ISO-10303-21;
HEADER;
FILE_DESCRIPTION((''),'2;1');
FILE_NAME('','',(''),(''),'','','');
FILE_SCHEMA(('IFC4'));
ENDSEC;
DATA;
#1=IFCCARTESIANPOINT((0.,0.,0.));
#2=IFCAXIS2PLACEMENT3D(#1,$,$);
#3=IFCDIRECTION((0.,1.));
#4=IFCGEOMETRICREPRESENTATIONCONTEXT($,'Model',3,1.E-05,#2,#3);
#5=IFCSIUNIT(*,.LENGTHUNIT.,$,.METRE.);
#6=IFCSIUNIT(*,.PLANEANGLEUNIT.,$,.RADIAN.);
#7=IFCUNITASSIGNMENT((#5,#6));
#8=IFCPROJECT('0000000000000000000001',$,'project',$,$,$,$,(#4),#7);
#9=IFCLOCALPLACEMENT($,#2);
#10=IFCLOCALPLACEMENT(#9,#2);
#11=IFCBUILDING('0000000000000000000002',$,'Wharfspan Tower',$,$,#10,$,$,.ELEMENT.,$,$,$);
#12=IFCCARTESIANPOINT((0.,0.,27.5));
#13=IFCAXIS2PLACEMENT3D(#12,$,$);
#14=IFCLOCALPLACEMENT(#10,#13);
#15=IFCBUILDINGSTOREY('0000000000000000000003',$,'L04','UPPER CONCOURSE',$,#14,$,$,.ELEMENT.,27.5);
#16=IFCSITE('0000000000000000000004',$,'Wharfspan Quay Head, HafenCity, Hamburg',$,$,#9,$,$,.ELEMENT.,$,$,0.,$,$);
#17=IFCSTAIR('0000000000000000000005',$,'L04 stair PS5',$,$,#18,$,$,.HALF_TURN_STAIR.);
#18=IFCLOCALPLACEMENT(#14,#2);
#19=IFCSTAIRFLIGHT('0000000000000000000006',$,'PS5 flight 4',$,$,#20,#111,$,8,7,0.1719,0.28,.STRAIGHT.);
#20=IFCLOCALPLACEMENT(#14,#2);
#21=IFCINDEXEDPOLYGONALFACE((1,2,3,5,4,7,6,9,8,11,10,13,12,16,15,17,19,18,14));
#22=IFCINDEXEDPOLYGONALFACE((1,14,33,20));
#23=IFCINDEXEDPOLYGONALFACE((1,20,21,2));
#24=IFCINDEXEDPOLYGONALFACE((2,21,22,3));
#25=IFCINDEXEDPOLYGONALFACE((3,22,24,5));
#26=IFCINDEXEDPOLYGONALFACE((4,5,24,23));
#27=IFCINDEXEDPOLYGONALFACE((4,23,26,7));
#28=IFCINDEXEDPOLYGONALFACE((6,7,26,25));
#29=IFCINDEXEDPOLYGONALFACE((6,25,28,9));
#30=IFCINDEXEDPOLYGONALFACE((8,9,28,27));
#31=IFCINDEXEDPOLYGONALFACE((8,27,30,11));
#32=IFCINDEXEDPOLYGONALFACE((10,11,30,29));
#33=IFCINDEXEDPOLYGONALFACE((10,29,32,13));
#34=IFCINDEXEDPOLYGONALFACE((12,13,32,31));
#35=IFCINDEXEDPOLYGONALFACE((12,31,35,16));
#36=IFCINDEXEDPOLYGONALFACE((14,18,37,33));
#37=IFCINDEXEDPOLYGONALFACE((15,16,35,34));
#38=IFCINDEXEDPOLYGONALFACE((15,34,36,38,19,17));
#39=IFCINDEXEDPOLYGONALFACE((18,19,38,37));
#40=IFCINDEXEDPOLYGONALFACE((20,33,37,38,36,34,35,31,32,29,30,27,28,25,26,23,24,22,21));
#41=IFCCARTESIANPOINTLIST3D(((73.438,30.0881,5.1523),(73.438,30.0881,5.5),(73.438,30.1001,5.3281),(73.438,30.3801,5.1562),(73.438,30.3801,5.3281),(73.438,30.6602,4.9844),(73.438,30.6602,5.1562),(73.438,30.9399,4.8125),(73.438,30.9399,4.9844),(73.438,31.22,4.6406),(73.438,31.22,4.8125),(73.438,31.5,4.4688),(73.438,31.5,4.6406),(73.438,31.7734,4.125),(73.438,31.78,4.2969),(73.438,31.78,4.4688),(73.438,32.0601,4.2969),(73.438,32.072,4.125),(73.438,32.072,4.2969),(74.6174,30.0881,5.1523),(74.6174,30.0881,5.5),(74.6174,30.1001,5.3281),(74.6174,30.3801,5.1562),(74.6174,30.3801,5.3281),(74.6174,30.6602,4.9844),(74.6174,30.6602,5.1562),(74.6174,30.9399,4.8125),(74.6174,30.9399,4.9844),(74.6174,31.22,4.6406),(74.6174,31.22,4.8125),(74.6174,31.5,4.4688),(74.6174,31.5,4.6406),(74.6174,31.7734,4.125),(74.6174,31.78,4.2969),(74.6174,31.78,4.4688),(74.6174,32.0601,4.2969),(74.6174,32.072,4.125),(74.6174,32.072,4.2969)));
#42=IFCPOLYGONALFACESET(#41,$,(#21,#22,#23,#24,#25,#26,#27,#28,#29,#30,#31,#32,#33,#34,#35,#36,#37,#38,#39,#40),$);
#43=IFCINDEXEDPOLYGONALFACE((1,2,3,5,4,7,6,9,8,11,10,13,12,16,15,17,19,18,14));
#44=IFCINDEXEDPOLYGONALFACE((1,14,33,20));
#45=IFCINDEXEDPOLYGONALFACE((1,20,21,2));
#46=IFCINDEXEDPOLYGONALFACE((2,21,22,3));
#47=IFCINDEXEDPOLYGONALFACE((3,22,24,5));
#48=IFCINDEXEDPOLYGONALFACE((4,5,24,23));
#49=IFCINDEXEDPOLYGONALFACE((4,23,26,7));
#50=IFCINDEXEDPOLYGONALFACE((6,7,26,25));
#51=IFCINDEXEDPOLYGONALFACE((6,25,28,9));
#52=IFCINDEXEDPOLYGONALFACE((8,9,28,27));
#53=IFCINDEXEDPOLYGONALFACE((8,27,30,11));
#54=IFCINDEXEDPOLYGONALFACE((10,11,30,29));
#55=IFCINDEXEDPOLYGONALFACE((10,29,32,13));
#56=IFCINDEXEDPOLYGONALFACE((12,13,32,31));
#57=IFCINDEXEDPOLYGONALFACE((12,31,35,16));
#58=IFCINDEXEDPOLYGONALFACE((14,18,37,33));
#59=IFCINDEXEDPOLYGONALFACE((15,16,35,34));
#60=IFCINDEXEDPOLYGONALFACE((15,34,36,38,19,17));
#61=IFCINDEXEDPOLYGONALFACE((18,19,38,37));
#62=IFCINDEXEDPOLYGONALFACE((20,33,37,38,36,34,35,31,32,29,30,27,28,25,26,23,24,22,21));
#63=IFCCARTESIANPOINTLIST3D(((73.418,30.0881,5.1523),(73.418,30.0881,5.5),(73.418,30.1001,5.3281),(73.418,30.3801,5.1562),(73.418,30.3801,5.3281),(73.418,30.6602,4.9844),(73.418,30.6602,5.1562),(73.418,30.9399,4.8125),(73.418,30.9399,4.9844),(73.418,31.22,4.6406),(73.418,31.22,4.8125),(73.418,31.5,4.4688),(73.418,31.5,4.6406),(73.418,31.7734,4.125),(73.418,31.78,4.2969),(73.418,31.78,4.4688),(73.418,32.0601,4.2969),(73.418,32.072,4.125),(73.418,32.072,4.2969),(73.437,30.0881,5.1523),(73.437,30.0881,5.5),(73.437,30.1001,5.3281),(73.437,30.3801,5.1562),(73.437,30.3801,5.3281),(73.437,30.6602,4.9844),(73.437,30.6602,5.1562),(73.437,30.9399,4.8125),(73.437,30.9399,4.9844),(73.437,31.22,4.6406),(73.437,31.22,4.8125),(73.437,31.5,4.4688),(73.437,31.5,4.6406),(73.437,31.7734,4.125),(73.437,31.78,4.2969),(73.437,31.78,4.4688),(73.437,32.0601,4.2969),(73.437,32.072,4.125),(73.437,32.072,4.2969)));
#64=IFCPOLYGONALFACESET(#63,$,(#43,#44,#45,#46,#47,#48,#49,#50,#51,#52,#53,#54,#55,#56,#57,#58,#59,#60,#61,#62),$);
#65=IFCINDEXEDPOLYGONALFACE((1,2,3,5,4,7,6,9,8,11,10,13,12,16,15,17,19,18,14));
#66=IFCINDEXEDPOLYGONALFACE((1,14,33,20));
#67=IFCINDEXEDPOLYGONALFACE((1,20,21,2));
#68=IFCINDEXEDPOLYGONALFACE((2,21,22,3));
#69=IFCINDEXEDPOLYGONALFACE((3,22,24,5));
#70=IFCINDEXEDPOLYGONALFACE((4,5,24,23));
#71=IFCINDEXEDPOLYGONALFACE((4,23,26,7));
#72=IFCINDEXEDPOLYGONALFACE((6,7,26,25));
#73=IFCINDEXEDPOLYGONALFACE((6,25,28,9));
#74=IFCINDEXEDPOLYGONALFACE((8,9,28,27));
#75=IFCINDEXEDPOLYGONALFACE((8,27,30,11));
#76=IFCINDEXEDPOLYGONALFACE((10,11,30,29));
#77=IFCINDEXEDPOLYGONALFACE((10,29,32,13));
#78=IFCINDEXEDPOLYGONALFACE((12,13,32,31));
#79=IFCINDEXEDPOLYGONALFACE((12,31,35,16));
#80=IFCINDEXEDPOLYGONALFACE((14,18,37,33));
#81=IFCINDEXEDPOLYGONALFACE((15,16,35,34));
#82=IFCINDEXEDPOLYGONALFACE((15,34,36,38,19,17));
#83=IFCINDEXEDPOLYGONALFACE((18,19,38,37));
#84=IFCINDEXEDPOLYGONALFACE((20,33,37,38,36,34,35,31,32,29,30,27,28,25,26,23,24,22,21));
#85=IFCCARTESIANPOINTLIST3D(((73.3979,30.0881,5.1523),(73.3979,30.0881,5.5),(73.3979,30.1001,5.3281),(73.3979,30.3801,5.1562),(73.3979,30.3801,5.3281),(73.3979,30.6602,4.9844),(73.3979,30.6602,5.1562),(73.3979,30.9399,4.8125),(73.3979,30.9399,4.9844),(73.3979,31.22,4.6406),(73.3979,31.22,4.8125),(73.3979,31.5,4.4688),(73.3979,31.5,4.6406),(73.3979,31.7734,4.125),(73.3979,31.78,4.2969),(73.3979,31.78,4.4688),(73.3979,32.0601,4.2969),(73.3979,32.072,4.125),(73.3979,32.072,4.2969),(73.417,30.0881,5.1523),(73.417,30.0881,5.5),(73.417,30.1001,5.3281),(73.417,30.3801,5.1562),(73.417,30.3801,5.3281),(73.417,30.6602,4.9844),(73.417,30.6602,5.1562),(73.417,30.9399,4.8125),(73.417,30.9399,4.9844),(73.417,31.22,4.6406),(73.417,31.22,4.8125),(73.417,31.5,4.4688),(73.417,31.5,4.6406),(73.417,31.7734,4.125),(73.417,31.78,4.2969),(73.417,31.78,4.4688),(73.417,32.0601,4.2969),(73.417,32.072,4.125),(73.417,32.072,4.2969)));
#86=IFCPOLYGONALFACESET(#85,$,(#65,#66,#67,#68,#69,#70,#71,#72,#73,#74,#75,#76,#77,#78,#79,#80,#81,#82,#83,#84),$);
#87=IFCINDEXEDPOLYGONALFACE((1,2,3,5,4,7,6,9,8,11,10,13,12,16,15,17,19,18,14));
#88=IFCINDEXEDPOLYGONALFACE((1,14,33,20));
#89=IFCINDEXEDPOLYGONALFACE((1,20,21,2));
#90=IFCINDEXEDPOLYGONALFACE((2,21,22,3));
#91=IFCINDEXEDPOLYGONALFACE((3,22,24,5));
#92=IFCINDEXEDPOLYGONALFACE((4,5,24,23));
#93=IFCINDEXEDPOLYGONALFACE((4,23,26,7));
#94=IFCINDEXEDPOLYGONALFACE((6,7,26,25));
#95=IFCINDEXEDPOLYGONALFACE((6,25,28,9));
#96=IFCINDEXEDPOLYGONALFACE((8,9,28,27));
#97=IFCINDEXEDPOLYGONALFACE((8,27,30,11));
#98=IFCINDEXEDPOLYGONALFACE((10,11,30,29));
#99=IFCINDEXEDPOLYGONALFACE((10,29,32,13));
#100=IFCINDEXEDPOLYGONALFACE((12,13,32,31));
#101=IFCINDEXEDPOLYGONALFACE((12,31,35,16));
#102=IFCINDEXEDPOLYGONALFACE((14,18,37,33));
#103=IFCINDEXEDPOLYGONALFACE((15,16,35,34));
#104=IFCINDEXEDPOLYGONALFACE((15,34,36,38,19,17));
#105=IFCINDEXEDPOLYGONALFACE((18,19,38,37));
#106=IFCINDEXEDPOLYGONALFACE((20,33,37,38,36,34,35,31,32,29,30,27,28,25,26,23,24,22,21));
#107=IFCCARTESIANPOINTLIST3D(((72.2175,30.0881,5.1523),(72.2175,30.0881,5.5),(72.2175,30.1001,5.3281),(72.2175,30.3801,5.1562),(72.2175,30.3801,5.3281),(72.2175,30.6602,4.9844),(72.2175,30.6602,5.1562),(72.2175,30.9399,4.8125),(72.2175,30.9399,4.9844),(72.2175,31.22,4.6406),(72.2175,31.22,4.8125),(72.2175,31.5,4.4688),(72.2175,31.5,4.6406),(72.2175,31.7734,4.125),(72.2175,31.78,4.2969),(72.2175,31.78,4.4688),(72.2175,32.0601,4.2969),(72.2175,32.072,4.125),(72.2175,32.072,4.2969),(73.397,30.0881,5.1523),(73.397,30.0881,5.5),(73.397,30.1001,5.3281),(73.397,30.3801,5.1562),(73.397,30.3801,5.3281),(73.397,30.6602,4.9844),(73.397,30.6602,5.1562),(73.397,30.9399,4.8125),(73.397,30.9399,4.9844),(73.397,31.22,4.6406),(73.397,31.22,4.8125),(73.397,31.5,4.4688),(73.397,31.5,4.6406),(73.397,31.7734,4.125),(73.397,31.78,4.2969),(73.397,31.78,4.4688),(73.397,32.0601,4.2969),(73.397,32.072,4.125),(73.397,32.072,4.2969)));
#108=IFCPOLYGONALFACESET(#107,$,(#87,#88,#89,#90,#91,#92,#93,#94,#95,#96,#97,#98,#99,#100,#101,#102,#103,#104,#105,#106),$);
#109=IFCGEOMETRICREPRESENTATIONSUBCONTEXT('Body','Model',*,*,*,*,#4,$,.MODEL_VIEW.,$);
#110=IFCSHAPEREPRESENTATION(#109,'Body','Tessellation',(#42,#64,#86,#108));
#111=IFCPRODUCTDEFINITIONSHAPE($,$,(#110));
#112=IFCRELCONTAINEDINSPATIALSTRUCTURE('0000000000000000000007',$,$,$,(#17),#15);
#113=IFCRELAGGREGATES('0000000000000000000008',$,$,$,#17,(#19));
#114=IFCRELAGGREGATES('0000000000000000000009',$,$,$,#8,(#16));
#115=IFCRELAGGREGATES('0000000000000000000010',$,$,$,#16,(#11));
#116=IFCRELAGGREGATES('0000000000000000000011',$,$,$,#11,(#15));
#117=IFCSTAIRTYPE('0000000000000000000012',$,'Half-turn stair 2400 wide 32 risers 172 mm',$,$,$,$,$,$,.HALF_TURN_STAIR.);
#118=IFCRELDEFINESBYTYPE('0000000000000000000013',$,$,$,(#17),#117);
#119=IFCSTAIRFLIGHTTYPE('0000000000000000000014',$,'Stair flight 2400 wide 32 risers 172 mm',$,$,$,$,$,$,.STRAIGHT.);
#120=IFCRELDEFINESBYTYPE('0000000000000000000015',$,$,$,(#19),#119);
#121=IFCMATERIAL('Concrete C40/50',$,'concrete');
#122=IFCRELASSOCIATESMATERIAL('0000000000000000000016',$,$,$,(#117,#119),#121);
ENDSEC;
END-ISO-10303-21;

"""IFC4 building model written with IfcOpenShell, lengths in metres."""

from ifc_helpers import new_model, si_unit, direction, frame, origin, place, context, subcontext, project, spatial, polyline, outline, extrude, material, type_object, element, aggregate, save


model = new_model("IFC4")

# Units and contexts
model_context = context("Model", 3, precision=1e-05, world=origin(), true_north=direction((0.0, 1.0)))
body_context = subcontext(model_context, "Body", "Model", "MODEL_VIEW")
ifc_project = project(units=[si_unit("LENGTHUNIT", "METRE"), si_unit("PLANEANGLEUNIT", "RADIAN")], contexts=[model_context])

# Site, building, storey
site_placement = place(None, origin())
site = spatial("IfcSite", under=ifc_project, at=site_placement, Name="Wharfspan Quay Head, HafenCity, Hamburg", CompositionType="ELEMENT", RefElevation=0.0)
building_placement = place(site_placement, origin())
building = spatial("IfcBuilding", under=site, at=building_placement, Name="Wharfspan Tower", CompositionType="ELEMENT")
storey_placement = place(building_placement, frame((0.0, 0.0, 27.5)))
storey = spatial("IfcBuildingStorey", under=building, at=storey_placement, Name="L04", Description="UPPER CONCOURSE", CompositionType="ELEMENT", Elevation=27.5)

# Shared definitions
ifc_material_1 = material(Name="Concrete C40/50", Category="concrete")

# Stair, stair flight
stair_type = type_object("IfcStairType", Name="Half-turn stair 2400 wide 32 risers 172 mm", PredefinedType="HALF_TURN_STAIR", material=ifc_material_1)
stair_placement = place(storey_placement, origin())
stair = element("IfcStair", 1, at=stair_placement, inside=storey, type_object=stair_type, Name="L04 stair PS5", PredefinedType="HALF_TURN_STAIR")
stair_flight_type = type_object("IfcStairFlightType", Name="Stair flight 2400 wide 32 risers 172 mm", PredefinedType="STRAIGHT", material=ifc_material_1)
stair_flight_1_placement = place(storey_placement, frame((73.4175, 32.0601, 4.125), z_axis=(0.0, 0.0, 1.0), x_axis=(0.0, -1.0, 0.0)))
stair_flight_1 = element("IfcStairFlight", 2, at=stair_flight_1_placement, type_object=stair_flight_type, Name="PS5 flight 4", NumberOfRisers=8, NumberOfTreads=7, PredefinedType="STRAIGHT", RiserHeight=0.1719, TreadLength=0.28, context=body_context, shape_type="SweptSolid", body=[
    extrude(outline(polyline([(-0.012, 0.0), (-0.012, 0.1719), (0.0, 0.1719), (0.28, 0.1719), (0.28, 0.3438), (0.5601, 0.3438), (0.5601, 0.5156), (0.8401, 0.5156), (0.8401, 0.6875), (1.1201, 0.6875), (1.1201, 0.8594), (1.3999, 0.8594), (1.3999, 1.0312), (1.6799, 1.0312), (1.6799, 1.2031), (1.96, 1.2031), (1.9719, 1.375), (1.9719, 1.0273), (0.2866, 0.0), (-0.012, 0.0)])), frame((0.0, 1.2, 0.0), z_axis=(0.0, -1.0, 0.0), x_axis=(1.0, 0.0, 0.0)), (0.0, 0.0, 1.0), 1.1794),
    extrude(outline(polyline([(-0.012, 0.0), (-0.012, 0.1719), (0.0, 0.1719), (0.28, 0.1719), (0.28, 0.3438), (0.5601, 0.3438), (0.5601, 0.5156), (0.8401, 0.5156), (0.8401, 0.6875), (1.1201, 0.6875), (1.1201, 0.8594), (1.3999, 0.8594), (1.3999, 1.0312), (1.6799, 1.0312), (1.6799, 1.2031), (1.96, 1.2031), (1.9719, 1.375), (1.9719, 1.0273), (0.2866, 0.0), (-0.012, 0.0)])), frame((0.0, 0.0195, 0.0), z_axis=(0.0, -1.0, 0.0), x_axis=(1.0, 0.0, 0.0)), (0.0, 0.0, 1.0), 0.019),
    extrude(outline(polyline([(-0.012, 0.0), (-0.012, 0.1719), (0.0, 0.1719), (0.28, 0.1719), (0.28, 0.3438), (0.5601, 0.3438), (0.5601, 0.5156), (0.8401, 0.5156), (0.8401, 0.6875), (1.1201, 0.6875), (1.1201, 0.8594), (1.3999, 0.8594), (1.3999, 1.0312), (1.6799, 1.0312), (1.6799, 1.2031), (1.96, 1.2031), (1.9719, 1.375), (1.9719, 1.0273), (0.2866, 0.0), (-0.012, 0.0)])), frame((0.0, -0.0005, 0.0), z_axis=(0.0, -1.0, 0.0), x_axis=(1.0, 0.0, 0.0)), (0.0, 0.0, 1.0), 0.019),
    extrude(outline(polyline([(-0.012, 0.0), (-0.012, 0.1719), (0.0, 0.1719), (0.28, 0.1719), (0.28, 0.3438), (0.5601, 0.3438), (0.5601, 0.5156), (0.8401, 0.5156), (0.8401, 0.6875), (1.1201, 0.6875), (1.1201, 0.8594), (1.3999, 0.8594), (1.3999, 1.0312), (1.6799, 1.0312), (1.6799, 1.2031), (1.96, 1.2031), (1.9719, 1.375), (1.9719, 1.0273), (0.2866, 0.0), (-0.012, 0.0)])), frame((0.0, -0.0205, 0.0), z_axis=(0.0, -1.0, 0.0), x_axis=(1.0, 0.0, 0.0)), (0.0, 0.0, 1.0), 1.1794),
])
aggregate(stair, [stair_flight_1])

save(model, "model.ifc")
